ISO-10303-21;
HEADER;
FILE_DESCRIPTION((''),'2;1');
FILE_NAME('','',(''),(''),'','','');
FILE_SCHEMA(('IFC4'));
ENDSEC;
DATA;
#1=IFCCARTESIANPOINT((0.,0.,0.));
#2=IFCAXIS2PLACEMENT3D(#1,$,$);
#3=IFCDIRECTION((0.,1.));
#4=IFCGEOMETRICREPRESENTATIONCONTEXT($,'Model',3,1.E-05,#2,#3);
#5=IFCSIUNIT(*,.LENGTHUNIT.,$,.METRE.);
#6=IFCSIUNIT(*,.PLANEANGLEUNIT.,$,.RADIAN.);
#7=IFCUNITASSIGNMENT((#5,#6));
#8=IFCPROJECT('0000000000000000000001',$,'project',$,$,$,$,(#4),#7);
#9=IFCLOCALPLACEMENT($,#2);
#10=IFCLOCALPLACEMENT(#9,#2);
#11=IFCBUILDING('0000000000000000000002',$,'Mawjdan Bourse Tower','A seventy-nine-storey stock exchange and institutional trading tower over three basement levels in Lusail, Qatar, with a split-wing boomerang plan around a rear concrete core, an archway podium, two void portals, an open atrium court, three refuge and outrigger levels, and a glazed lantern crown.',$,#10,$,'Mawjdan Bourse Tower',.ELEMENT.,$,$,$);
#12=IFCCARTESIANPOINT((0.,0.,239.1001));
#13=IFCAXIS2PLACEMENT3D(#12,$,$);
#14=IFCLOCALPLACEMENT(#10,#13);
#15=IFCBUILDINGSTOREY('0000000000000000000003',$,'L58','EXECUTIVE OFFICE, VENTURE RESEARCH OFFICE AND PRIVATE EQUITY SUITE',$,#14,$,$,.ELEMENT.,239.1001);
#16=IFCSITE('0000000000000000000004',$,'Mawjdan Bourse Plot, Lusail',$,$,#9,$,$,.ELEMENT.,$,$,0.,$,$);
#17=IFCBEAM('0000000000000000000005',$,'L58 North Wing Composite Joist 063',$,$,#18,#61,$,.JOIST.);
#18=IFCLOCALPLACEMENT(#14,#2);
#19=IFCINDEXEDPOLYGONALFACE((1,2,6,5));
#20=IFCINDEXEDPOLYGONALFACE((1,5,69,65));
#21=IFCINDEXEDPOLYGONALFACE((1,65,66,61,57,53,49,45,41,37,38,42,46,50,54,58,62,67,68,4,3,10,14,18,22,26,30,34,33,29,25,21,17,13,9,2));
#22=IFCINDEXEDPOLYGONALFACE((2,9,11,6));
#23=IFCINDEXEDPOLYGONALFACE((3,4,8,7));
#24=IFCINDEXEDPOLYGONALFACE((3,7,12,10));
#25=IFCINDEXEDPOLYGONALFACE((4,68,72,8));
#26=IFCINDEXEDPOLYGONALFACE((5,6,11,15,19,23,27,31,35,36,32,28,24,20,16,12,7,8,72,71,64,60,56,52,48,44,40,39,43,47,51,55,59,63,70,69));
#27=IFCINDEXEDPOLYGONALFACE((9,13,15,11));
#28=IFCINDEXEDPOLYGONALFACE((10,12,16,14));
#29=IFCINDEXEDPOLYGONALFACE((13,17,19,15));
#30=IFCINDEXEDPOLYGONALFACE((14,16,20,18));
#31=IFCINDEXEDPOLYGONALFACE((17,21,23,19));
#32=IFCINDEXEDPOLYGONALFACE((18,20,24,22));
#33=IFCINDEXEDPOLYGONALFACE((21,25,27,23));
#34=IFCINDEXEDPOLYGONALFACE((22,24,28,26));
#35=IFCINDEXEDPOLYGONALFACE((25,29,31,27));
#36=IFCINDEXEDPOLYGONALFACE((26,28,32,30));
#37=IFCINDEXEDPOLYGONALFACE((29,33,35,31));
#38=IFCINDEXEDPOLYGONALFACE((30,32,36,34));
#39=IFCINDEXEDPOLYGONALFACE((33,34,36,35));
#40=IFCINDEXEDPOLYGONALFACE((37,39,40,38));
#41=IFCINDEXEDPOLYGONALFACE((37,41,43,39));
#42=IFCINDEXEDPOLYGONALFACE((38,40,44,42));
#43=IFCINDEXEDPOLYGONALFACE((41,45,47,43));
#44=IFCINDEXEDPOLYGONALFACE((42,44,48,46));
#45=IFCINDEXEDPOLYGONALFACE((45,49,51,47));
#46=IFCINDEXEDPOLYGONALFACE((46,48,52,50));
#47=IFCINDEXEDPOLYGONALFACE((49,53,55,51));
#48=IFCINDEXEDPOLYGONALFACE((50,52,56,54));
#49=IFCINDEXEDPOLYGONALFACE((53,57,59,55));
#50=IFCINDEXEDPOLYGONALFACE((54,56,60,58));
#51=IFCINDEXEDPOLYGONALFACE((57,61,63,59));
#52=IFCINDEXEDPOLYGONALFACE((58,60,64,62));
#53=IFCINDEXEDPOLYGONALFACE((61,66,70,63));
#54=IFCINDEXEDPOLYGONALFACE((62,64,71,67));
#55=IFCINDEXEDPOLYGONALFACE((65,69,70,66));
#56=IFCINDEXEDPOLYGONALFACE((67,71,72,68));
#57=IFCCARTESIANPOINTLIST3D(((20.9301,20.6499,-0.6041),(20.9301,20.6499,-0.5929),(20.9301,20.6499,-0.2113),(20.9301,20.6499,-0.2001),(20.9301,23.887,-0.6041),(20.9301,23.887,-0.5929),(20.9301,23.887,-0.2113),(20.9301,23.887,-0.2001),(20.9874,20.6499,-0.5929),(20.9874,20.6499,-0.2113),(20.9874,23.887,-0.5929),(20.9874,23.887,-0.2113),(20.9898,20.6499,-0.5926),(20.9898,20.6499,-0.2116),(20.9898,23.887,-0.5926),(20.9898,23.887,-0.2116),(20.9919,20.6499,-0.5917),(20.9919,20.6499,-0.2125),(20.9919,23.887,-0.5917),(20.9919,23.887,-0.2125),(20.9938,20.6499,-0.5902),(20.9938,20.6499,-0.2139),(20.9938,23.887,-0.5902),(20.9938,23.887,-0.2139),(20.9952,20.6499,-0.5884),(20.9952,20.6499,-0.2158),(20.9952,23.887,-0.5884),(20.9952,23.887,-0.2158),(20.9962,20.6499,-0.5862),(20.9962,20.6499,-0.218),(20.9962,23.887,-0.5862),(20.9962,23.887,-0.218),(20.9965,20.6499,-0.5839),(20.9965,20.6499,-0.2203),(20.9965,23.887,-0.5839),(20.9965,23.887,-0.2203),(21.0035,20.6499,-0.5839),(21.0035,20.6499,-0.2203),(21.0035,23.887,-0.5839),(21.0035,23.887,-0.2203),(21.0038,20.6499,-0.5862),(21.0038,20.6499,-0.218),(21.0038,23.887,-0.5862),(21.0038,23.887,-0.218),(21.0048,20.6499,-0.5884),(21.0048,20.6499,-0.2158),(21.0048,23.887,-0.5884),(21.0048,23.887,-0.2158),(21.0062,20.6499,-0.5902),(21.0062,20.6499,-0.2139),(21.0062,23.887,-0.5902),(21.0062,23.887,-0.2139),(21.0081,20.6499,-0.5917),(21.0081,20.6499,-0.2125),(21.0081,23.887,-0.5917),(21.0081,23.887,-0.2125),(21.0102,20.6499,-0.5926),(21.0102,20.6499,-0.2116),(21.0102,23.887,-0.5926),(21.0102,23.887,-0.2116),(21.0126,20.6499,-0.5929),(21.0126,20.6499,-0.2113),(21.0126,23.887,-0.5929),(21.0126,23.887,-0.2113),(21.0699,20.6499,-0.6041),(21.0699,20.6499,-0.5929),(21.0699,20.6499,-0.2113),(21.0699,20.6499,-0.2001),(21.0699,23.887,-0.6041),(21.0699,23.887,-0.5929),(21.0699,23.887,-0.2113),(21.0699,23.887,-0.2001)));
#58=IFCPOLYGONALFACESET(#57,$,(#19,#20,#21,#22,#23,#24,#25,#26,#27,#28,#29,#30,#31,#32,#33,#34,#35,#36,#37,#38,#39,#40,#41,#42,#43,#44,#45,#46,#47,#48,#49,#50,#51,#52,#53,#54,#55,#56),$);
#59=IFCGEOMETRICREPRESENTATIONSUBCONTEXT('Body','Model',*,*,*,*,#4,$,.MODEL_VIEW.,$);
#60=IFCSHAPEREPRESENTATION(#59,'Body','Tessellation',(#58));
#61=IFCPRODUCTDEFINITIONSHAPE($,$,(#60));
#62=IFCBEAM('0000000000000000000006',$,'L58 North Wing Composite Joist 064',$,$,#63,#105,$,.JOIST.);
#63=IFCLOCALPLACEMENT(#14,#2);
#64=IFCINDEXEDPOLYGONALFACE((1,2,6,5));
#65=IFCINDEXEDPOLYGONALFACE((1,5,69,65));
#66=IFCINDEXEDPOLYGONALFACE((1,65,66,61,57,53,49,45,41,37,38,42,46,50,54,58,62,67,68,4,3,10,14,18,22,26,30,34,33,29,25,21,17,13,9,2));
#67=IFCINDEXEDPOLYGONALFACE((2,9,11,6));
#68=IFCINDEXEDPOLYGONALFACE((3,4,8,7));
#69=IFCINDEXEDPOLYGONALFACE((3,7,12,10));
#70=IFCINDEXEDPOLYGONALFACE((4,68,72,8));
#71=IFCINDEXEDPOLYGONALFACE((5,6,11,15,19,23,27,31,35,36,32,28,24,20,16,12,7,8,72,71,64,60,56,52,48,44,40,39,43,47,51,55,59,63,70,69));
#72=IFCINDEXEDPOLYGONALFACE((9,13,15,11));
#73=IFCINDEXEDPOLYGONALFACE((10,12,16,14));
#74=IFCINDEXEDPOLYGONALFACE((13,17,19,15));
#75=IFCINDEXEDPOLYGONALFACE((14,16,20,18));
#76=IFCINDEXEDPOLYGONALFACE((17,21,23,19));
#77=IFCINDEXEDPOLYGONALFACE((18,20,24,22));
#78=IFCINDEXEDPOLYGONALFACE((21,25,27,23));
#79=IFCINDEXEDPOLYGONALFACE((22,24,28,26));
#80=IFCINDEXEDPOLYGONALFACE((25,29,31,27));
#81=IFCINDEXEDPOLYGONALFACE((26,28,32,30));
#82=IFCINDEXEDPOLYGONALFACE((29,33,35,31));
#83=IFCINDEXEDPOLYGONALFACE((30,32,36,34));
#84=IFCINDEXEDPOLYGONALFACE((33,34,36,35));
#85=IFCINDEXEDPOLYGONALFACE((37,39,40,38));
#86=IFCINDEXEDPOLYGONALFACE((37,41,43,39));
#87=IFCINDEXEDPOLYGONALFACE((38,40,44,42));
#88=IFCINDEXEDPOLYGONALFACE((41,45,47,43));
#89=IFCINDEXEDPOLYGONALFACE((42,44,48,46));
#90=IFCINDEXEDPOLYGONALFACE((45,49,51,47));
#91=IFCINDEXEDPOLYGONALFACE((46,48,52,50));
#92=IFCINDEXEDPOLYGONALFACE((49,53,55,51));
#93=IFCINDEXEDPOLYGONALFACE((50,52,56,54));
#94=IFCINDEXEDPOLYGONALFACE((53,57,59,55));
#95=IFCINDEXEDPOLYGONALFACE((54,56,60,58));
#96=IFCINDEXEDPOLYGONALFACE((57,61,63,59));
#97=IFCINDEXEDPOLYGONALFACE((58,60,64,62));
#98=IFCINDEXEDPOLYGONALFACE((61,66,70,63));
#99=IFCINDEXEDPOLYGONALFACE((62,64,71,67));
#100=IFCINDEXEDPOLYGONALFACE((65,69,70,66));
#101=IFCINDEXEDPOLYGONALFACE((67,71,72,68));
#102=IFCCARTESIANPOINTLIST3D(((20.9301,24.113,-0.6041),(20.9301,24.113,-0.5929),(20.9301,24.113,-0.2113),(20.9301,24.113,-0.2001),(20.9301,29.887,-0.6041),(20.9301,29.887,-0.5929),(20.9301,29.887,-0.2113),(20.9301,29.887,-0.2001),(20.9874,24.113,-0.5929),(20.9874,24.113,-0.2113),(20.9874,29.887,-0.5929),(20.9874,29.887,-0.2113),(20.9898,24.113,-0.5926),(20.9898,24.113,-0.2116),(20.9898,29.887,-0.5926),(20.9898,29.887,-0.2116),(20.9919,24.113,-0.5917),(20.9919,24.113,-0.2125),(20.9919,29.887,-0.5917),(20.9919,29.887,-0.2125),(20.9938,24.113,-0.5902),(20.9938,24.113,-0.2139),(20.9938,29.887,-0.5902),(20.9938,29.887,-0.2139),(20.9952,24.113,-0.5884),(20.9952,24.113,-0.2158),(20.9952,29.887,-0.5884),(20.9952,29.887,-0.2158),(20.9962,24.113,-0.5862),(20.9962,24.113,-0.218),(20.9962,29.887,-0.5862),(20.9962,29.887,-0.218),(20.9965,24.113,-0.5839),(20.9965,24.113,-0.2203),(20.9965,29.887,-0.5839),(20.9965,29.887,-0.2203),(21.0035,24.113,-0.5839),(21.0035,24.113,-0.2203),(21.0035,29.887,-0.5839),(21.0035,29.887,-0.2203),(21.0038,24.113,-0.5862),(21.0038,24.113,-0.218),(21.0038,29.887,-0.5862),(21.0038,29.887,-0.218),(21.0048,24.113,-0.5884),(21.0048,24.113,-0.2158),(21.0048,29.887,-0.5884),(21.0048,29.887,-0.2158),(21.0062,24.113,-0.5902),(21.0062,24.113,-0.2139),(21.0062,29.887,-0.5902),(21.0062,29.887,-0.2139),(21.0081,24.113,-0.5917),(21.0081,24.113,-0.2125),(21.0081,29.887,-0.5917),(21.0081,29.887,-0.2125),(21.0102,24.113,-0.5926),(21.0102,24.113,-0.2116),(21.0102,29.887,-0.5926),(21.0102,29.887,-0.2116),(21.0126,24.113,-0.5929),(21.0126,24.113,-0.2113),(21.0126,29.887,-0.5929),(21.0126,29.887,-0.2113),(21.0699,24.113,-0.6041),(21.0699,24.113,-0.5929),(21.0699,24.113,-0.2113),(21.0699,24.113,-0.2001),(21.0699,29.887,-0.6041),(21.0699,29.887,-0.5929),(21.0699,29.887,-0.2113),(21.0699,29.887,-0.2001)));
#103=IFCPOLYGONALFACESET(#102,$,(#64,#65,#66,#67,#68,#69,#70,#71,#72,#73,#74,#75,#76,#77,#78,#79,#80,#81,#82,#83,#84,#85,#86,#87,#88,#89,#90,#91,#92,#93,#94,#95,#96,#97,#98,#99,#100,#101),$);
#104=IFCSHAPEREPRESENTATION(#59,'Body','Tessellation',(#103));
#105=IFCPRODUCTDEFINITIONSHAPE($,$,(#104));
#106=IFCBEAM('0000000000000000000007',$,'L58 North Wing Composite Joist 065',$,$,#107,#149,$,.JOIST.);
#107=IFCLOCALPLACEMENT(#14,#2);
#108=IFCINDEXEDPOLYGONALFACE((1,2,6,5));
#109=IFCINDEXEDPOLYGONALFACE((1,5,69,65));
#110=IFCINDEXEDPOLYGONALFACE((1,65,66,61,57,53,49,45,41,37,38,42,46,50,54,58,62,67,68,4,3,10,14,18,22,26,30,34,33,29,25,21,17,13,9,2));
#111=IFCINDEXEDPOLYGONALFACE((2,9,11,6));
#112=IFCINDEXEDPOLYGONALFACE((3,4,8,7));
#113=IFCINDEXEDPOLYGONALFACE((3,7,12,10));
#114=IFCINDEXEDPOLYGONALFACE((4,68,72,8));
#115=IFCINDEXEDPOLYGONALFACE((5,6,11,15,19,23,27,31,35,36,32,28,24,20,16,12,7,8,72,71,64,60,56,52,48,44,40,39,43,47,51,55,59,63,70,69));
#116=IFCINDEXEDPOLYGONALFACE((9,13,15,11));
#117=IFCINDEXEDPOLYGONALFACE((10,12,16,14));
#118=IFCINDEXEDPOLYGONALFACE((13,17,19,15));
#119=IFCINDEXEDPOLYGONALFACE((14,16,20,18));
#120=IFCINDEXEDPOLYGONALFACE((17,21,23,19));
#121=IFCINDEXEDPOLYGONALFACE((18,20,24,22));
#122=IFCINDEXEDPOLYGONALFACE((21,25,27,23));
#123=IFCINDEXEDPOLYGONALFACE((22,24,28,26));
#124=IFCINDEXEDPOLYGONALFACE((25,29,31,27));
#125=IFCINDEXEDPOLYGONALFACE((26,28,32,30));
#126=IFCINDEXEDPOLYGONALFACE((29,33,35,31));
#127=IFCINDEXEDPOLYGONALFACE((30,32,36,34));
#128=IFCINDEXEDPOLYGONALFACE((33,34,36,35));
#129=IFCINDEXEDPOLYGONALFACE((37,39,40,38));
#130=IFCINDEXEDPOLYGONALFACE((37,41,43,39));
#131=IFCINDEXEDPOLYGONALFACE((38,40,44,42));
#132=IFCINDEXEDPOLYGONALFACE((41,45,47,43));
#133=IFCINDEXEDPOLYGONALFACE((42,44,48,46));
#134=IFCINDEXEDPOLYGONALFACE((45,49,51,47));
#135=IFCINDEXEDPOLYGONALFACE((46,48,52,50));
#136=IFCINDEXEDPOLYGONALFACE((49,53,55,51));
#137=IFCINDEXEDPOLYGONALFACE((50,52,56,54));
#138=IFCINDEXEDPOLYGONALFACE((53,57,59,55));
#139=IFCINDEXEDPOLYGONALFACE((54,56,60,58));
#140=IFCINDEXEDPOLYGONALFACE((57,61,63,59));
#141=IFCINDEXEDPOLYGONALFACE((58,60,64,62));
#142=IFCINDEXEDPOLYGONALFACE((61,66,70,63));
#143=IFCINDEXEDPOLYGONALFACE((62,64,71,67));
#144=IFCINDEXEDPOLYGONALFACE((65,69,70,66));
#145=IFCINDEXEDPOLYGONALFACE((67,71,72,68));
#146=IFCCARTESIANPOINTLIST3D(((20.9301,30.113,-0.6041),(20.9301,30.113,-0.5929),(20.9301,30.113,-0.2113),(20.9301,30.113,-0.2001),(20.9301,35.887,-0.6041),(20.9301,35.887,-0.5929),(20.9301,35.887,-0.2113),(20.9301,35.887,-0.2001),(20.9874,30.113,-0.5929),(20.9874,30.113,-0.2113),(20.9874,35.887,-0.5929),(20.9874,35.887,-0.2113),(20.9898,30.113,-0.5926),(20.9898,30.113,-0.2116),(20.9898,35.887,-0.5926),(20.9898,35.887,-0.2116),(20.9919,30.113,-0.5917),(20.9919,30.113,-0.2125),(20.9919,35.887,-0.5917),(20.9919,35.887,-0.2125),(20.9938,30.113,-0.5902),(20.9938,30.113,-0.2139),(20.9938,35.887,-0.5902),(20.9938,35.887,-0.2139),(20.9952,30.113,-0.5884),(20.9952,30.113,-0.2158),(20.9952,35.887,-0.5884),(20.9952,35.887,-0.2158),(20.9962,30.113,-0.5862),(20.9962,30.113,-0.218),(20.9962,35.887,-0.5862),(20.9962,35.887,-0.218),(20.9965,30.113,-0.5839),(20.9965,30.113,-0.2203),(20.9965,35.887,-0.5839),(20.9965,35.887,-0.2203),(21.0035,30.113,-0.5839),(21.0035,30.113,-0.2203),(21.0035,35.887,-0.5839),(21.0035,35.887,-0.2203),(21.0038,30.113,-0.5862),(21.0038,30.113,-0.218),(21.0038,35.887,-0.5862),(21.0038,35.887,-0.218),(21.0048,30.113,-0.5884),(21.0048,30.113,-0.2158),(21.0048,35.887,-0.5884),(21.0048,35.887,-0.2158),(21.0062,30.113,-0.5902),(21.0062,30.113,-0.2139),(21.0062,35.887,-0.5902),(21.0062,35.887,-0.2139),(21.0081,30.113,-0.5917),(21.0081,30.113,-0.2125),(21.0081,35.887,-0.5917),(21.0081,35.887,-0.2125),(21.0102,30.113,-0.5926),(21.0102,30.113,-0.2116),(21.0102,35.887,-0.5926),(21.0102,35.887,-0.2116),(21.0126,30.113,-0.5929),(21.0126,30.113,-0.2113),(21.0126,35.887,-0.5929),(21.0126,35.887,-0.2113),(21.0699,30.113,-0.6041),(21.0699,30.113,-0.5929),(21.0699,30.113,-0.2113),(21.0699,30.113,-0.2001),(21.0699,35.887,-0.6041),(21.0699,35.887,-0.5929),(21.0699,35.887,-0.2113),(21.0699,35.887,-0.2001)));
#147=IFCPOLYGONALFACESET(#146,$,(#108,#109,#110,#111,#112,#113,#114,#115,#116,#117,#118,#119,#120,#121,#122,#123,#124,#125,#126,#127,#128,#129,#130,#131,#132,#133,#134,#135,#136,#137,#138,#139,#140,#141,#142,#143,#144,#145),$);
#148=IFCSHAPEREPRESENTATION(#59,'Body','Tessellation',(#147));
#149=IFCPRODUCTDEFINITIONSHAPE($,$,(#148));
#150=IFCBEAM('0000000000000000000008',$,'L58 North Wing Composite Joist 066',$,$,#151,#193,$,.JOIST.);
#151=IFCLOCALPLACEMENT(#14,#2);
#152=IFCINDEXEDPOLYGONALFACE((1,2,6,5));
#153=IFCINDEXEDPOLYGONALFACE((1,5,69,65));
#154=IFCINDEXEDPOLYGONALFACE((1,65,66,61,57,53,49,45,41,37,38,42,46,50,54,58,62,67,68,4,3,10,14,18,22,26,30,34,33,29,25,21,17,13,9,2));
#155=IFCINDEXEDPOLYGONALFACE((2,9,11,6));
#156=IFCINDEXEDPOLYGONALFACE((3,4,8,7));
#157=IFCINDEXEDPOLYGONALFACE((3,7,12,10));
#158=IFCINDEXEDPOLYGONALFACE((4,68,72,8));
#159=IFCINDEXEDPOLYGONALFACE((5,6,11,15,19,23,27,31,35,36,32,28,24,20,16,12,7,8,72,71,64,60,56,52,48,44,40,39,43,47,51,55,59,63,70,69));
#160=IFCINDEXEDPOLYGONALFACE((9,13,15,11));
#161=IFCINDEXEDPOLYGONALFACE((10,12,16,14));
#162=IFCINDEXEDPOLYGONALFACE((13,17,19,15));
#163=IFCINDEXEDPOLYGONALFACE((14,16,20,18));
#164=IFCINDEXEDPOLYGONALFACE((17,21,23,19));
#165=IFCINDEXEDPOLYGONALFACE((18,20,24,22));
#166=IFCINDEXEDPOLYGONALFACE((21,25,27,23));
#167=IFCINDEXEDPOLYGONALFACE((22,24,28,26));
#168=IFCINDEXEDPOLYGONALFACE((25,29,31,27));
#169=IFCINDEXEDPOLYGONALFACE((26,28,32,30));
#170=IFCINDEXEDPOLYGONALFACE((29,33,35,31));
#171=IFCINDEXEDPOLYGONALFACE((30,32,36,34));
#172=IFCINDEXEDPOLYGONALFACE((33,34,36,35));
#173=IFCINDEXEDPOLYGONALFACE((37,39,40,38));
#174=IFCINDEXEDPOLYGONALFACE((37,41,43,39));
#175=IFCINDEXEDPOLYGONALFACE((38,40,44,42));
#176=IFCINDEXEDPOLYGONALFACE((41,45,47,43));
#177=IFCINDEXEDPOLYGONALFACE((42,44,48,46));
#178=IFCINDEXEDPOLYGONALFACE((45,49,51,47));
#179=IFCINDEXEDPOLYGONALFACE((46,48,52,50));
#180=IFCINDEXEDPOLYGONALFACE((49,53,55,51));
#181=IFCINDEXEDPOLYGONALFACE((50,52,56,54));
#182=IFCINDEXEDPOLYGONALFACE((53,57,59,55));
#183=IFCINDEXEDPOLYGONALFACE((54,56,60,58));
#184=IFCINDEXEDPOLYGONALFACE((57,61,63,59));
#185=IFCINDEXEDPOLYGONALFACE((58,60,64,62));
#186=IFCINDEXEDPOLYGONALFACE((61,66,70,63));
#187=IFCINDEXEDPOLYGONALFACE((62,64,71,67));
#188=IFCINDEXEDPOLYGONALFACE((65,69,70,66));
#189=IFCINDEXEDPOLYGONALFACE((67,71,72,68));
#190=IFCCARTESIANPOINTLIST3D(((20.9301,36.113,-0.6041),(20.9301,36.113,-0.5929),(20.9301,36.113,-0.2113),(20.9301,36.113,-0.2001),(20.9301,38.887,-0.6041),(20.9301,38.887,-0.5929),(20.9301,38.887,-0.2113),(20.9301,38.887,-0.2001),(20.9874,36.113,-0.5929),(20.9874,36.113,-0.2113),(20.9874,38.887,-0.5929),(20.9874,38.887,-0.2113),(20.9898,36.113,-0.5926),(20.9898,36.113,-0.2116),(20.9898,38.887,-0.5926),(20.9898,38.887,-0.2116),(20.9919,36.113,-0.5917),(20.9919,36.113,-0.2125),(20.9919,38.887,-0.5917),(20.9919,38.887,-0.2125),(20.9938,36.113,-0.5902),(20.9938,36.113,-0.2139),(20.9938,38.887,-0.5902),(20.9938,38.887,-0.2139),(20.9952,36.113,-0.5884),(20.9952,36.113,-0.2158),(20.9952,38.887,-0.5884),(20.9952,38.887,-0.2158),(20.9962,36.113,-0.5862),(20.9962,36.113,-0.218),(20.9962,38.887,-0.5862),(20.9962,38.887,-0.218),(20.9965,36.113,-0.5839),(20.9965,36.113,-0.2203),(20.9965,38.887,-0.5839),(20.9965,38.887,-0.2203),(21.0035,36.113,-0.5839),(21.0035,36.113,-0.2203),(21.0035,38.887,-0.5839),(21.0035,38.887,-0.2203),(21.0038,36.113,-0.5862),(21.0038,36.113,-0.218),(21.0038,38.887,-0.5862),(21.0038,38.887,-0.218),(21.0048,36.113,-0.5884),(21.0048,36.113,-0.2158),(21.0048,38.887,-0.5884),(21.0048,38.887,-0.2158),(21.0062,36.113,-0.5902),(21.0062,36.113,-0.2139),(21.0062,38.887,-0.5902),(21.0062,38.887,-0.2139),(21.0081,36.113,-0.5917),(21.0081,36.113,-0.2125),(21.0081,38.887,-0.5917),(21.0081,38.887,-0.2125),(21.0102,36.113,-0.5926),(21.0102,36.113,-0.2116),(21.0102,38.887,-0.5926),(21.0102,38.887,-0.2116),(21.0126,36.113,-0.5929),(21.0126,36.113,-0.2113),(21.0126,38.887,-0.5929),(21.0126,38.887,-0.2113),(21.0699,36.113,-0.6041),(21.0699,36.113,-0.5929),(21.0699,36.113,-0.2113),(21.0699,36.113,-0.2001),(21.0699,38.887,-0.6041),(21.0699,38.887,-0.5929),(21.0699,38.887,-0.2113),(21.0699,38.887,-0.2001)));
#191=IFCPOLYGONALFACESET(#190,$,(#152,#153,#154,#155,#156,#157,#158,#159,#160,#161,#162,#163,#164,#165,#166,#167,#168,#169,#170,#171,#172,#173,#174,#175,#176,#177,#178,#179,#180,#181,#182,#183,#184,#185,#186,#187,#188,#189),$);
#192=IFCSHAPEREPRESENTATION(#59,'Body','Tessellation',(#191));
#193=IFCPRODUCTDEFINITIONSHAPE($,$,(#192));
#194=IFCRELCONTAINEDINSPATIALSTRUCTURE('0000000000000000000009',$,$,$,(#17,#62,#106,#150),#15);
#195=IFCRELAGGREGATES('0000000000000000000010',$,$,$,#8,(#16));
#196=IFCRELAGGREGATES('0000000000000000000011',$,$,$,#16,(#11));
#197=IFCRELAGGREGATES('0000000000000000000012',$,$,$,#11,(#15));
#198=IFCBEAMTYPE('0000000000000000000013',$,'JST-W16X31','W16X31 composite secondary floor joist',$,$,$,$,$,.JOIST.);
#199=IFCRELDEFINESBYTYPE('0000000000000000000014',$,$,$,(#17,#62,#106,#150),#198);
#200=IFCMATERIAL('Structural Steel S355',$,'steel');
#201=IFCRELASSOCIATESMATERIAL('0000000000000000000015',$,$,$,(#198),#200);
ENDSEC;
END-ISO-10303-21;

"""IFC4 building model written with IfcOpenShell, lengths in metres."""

from ifc_helpers import new_model, si_unit, direction, frame, origin, origin_2d, place, context, subcontext, project, spatial, i_section, extrude, material, material_profile, profile_set, type_object, element, save


model = new_model("IFC4")

# Units and contexts
model_context = context("Model", 3, precision=1e-05, world=origin(), true_north=direction((0.0, 1.0)))
body_context = subcontext(model_context, "Body", "Model", "MODEL_VIEW")
ifc_project = project(units=[si_unit("LENGTHUNIT", "METRE"), si_unit("PLANEANGLEUNIT", "RADIAN")], contexts=[model_context])

# Site, building, storey
site_placement = place(None, origin())
site = spatial("IfcSite", under=ifc_project, at=site_placement, Name="Mawjdan Bourse Plot, Lusail", CompositionType="ELEMENT", RefElevation=0.0)
building_placement = place(site_placement, origin())
building = spatial("IfcBuilding", under=site, at=building_placement, Name="Mawjdan Bourse Tower", Description="A seventy-nine-storey stock exchange and institutional trading tower over three basement levels in Lusail, Qatar, with a split-wing boomerang plan around a rear concrete core, an archway podium, two void portals, an open atrium court, three refuge and outrigger levels, and a glazed lantern crown.", LongName="Mawjdan Bourse Tower", CompositionType="ELEMENT")
storey_placement = place(building_placement, frame((0.0, 0.0, 239.1001)))
storey = spatial("IfcBuildingStorey", under=building, at=storey_placement, Name="L58", Description="EXECUTIVE OFFICE, VENTURE RESEARCH OFFICE AND PRIVATE EQUITY SUITE", CompositionType="ELEMENT", Elevation=239.1001)

# Beams
ifc_material_1 = material(Name="Structural Steel S355", Category="steel")
ifc_material_profile_1 = material_profile(ifc_material_1, i_section(OverallWidth=0.1399, OverallDepth=0.4041, WebThickness=0.0071, FlangeThickness=0.0112, FilletRadius=0.009, at=origin_2d()), Name="W16X31")
ifc_profile_set_1 = profile_set([ifc_material_profile_1], Name="Structural Steel S355")
beam_type_1 = type_object("IfcBeamType", Name="JST-W16X31", Description="W16X31 composite secondary floor joist", PredefinedType="JOIST", material=ifc_profile_set_1)
beam_1_placement = place(storey_placement, frame((21.0, 20.6499, -0.4021), z_axis=(0.0, 1.0, 0.0), x_axis=(-1.0, 0.0, 0.0)))
element("IfcBeam", 1, at=beam_1_placement, inside=storey, type_object=beam_type_1, Name="L58 North Wing Composite Joist 063", PredefinedType="JOIST", context=body_context, shape_type="SweptSolid", body=[
    extrude(i_section(OverallWidth=0.1399, OverallDepth=0.4041, WebThickness=0.0071, FlangeThickness=0.0112, FilletRadius=0.009, at=origin_2d()), origin(), (0.0, 0.0, 1.0), 3.2371),
])
for number, where, z_axis, x_axis, name in (
    (2, (21.0, 24.113, -0.4021), (0.0, 1.0, 0.0), (-1.0, 0.0, 0.0), "L58 North Wing Composite Joist 064"),
    (3, (21.0, 30.113, -0.4021), (0.0, 1.0, 0.0), (-1.0, 0.0, 0.0), "L58 North Wing Composite Joist 065"),
):
    element("IfcBeam", number, at=place(storey_placement, frame(where, z_axis=z_axis, x_axis=x_axis)), inside=storey, type_object=beam_type_1, Name=name, PredefinedType="JOIST", context=body_context, shape_type="SweptSolid", body=[
        extrude(i_section(OverallWidth=0.1399, OverallDepth=0.4041, WebThickness=0.0071, FlangeThickness=0.0112, FilletRadius=0.009, at=origin_2d()), origin(), (0.0, 0.0, 1.0), 5.7739),
    ])
beam_2_placement = place(storey_placement, frame((21.0, 36.113, -0.4021), z_axis=(0.0, 1.0, 0.0), x_axis=(-1.0, 0.0, 0.0)))
element("IfcBeam", 4, at=beam_2_placement, inside=storey, type_object=beam_type_1, Name="L58 North Wing Composite Joist 066", PredefinedType="JOIST", context=body_context, shape_type="SweptSolid", body=[
    extrude(i_section(OverallWidth=0.1399, OverallDepth=0.4041, WebThickness=0.0071, FlangeThickness=0.0112, FilletRadius=0.009, at=origin_2d()), origin(), (0.0, 0.0, 1.0), 2.7739),
])

save(model, "model.ifc")
